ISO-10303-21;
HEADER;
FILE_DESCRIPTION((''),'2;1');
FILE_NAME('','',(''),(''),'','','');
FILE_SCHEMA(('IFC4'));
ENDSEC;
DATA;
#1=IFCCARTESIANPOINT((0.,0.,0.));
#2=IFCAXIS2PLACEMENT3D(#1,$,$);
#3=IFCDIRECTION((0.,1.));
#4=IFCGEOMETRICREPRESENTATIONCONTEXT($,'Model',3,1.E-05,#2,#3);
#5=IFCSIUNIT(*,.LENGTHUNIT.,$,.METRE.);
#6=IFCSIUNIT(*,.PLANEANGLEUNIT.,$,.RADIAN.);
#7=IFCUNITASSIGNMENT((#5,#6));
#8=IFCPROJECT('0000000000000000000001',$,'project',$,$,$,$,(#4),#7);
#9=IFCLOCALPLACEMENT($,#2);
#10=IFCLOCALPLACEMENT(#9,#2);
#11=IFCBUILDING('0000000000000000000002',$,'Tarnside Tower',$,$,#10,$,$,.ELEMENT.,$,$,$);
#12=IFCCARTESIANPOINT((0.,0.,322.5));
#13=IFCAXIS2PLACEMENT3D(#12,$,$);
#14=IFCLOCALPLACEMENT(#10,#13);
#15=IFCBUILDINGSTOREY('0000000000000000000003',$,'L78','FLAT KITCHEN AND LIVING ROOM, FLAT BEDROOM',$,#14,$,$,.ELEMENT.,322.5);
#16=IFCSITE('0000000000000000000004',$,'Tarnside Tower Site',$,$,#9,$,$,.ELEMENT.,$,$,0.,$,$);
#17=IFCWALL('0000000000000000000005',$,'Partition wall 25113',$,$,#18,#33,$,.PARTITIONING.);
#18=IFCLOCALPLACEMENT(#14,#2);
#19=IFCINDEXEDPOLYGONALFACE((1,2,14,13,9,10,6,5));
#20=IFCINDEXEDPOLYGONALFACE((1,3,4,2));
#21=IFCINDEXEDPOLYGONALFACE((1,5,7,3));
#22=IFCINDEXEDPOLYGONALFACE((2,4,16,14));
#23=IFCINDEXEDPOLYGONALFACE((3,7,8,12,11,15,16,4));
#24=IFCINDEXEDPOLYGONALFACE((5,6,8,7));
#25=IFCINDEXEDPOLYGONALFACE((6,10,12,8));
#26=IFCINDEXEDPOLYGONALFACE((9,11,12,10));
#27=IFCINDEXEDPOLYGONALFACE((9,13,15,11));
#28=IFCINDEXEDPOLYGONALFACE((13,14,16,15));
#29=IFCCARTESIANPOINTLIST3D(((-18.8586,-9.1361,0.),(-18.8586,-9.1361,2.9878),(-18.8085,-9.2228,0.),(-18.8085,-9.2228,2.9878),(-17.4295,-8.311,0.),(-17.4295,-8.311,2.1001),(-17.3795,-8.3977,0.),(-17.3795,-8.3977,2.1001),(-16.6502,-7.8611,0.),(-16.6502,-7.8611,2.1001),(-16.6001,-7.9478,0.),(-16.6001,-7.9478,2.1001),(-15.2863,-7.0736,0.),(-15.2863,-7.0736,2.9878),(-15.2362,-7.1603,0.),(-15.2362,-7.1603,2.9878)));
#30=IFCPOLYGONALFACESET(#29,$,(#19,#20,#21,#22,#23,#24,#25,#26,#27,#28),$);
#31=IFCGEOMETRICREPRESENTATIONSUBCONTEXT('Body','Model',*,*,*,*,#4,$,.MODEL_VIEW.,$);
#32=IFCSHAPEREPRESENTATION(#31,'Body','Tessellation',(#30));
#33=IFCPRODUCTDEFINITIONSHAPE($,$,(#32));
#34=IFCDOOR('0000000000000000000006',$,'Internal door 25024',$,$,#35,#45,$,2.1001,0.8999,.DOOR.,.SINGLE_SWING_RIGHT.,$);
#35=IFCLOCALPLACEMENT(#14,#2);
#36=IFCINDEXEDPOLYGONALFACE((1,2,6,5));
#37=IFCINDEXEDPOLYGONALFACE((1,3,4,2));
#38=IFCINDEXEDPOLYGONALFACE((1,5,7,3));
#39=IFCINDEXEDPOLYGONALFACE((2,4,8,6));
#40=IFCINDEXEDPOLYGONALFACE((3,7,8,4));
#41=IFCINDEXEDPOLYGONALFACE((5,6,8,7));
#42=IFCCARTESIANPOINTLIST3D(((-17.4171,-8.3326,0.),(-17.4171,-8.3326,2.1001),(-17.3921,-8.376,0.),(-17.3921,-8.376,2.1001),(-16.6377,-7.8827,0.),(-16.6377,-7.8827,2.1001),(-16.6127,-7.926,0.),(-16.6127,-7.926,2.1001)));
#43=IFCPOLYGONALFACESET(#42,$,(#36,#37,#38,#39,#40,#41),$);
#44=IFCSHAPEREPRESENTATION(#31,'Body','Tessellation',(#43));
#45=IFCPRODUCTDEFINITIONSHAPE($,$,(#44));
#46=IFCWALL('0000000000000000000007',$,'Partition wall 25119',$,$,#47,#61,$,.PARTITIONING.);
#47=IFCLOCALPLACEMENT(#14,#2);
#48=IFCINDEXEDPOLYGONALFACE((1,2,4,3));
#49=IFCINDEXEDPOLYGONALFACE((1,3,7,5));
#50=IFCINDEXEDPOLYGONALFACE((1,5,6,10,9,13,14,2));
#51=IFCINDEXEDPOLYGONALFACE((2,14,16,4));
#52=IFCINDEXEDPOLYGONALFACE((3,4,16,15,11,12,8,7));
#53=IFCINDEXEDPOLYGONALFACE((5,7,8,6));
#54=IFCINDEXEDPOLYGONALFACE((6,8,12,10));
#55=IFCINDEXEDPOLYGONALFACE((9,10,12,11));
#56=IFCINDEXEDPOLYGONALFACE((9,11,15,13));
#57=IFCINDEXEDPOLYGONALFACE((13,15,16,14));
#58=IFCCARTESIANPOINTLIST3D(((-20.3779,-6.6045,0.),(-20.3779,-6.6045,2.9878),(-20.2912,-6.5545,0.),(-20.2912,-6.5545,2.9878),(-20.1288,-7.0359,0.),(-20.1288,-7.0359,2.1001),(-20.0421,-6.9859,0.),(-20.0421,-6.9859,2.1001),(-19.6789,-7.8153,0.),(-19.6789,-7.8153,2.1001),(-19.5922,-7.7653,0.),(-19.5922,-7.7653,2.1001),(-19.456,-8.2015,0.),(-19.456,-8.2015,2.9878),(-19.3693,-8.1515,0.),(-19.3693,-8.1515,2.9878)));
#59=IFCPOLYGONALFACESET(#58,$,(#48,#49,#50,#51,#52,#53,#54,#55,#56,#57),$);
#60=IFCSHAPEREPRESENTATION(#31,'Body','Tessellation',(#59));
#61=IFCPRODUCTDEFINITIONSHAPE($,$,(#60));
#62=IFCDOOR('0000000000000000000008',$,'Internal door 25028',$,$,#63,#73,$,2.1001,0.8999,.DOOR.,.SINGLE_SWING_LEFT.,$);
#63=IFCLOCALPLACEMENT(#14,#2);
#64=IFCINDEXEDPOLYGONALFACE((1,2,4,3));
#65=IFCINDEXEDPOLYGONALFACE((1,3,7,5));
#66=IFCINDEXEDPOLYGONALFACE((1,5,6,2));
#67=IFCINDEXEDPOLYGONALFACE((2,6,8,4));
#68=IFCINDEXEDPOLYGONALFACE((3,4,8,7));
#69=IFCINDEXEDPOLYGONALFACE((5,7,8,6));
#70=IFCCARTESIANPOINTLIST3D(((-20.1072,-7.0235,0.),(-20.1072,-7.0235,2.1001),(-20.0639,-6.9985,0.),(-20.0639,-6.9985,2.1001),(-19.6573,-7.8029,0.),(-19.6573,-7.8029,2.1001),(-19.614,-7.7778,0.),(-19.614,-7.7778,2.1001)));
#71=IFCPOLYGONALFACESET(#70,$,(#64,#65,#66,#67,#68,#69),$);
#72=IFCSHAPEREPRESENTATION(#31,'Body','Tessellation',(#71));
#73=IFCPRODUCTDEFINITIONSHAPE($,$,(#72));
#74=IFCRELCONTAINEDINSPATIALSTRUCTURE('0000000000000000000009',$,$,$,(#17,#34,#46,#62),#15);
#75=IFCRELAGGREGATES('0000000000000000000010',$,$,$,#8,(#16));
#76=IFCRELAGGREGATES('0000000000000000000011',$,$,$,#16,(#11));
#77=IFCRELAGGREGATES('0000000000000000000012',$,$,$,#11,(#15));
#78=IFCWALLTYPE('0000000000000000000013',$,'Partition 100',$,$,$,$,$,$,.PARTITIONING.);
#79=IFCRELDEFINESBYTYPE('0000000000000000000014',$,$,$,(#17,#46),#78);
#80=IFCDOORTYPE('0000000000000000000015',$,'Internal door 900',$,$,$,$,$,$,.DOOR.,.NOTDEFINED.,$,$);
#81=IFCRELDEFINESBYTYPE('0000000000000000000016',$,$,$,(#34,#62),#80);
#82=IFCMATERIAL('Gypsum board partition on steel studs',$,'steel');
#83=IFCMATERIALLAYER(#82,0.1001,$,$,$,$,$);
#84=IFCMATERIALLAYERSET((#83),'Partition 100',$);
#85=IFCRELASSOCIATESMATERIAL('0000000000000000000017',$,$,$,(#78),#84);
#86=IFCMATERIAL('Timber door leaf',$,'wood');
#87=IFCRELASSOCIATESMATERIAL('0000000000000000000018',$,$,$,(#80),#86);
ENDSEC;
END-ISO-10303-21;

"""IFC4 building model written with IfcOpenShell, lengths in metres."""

from ifc_helpers import new_model, si_unit, direction, frame, frame_2d, origin, place, context, subcontext, project, spatial, rectangle, extrude, material, layer, layer_set, type_object, element, fill, save


model = new_model("IFC4")

# Units and contexts
model_context = context("Model", 3, precision=1e-05, world=origin(), true_north=direction((0.0, 1.0)))
body_context = subcontext(model_context, "Body", "Model", "MODEL_VIEW")
ifc_project = project(units=[si_unit("LENGTHUNIT", "METRE"), si_unit("PLANEANGLEUNIT", "RADIAN")], contexts=[model_context])

# Site, building, storey
site_placement = place(None, origin())
site = spatial("IfcSite", under=ifc_project, at=site_placement, Name="Tarnside Tower Site", CompositionType="ELEMENT", RefElevation=0.0)
building_placement = place(site_placement, origin())
building = spatial("IfcBuilding", under=site, at=building_placement, Name="Tarnside Tower", CompositionType="ELEMENT")
storey_placement = place(building_placement, frame((0.0, 0.0, 322.5)))
storey = spatial("IfcBuildingStorey", under=building, at=storey_placement, Name="L78", Description="FLAT KITCHEN AND LIVING ROOM, FLAT BEDROOM", CompositionType="ELEMENT", Elevation=322.5)

# Shared definitions
ifc_material_1 = material(Name="Gypsum board partition on steel studs", Category="steel")
ifc_material_2 = material(Name="Timber door leaf", Category="wood")

# Walls, openings, doors
ifc_layer_1 = layer(ifc_material_1, 0.1001)
ifc_layer_set_1 = layer_set([ifc_layer_1], Name="Partition 100")
wall_type_1 = type_object("IfcWallType", Name="Partition 100", PredefinedType="PARTITIONING", material=ifc_layer_set_1)
wall_1_placement = place(storey_placement, frame((-15.2612, -7.1169, 0.0), z_axis=(0.0, 0.0, 1.0), x_axis=(-0.86602, -0.500009, 0.0)))
wall_1 = element("IfcWall", 1, at=wall_1_placement, inside=storey, type_object=wall_type_1, Name="Partition wall 25113", PredefinedType="PARTITIONING", context=body_context, shape_type="SweptSolid", body=[
    extrude(rectangle(XDim=4.125, YDim=0.1001, at=frame_2d((2.0625, 0.0))), origin(), (0.0, 0.0, 1.0), 2.9878),
])
opening_1_placement = place(wall_1_placement, frame((1.575, 0.0, 0.0)))
opening_1 = element("IfcOpeningElement", 2, at=opening_1_placement, cuts=wall_1, PredefinedType="OPENING", context=body_context, shape_type="SweptSolid", body=[
    extrude(rectangle(XDim=0.8999, YDim=2.1001, at=frame_2d((0.45, 1.05))), frame((0.0, 0.0601, 0.0), z_axis=(0.0, -1.0, 0.0), x_axis=(1.0, 0.0, 0.0)), (0.0, 0.0, 1.0), 0.1201),
])
door_type_1 = type_object("IfcDoorType", Name="Internal door 900", OperationType="NOTDEFINED", PredefinedType="DOOR", material=ifc_material_2)
door_1_placement = place(opening_1_placement, origin())
door_1 = element("IfcDoor", 3, at=door_1_placement, inside=storey, type_object=door_type_1, Name="Internal door 25024", OperationType="SINGLE_SWING_RIGHT", OverallHeight=2.1001, OverallWidth=0.8999, PredefinedType="DOOR", context=body_context, shape_type="SweptSolid", body=[
    extrude(rectangle(XDim=0.8999, YDim=2.1001, at=frame_2d((0.45, 1.05))), frame((0.0, 0.0249, 0.0), z_axis=(0.0, -1.0, 0.0), x_axis=(1.0, 0.0, 0.0)), (0.0, 0.0, 1.0), 0.05),
])
fill(opening_1, door_1)
wall_2_placement = place(storey_placement, frame((-20.3345, -6.5796, 0.0), z_axis=(0.0, 0.0, 1.0), x_axis=(0.499956, -0.866051, 0.0)))
wall_2 = element("IfcWall", 4, at=wall_2_placement, inside=storey, type_object=wall_type_1, Name="Partition wall 25119", PredefinedType="PARTITIONING", context=body_context, shape_type="SweptSolid", body=[
    extrude(rectangle(XDim=1.844, YDim=0.1001, at=frame_2d((0.9219, 0.0))), origin(), (0.0, 0.0, 1.0), 2.9878),
])
opening_2_placement = place(wall_2_placement, frame((0.498, 0.0, 0.0)))
opening_2 = element("IfcOpeningElement", 5, at=opening_2_placement, cuts=wall_2, PredefinedType="OPENING", context=body_context, shape_type="SweptSolid", body=[
    extrude(rectangle(XDim=0.8999, YDim=2.1001, at=frame_2d((0.45, 1.05))), frame((0.0, 0.0601, 0.0), z_axis=(0.0, -1.0, 0.0), x_axis=(1.0, 0.0, 0.0)), (0.0, 0.0, 1.0), 0.1201),
])
door_2_placement = place(opening_2_placement, origin())
door_2 = element("IfcDoor", 6, at=door_2_placement, inside=storey, type_object=door_type_1, Name="Internal door 25028", OperationType="SINGLE_SWING_LEFT", OverallHeight=2.1001, OverallWidth=0.8999, PredefinedType="DOOR", context=body_context, shape_type="SweptSolid", body=[
    extrude(rectangle(XDim=0.8999, YDim=2.1001, at=frame_2d((0.45, 1.05))), frame((0.0, 0.0249, 0.0), z_axis=(0.0, -1.0, 0.0), x_axis=(1.0, 0.0, 0.0)), (0.0, 0.0, 1.0), 0.05),
])
fill(opening_2, door_2)

save(model, "model.ifc")
